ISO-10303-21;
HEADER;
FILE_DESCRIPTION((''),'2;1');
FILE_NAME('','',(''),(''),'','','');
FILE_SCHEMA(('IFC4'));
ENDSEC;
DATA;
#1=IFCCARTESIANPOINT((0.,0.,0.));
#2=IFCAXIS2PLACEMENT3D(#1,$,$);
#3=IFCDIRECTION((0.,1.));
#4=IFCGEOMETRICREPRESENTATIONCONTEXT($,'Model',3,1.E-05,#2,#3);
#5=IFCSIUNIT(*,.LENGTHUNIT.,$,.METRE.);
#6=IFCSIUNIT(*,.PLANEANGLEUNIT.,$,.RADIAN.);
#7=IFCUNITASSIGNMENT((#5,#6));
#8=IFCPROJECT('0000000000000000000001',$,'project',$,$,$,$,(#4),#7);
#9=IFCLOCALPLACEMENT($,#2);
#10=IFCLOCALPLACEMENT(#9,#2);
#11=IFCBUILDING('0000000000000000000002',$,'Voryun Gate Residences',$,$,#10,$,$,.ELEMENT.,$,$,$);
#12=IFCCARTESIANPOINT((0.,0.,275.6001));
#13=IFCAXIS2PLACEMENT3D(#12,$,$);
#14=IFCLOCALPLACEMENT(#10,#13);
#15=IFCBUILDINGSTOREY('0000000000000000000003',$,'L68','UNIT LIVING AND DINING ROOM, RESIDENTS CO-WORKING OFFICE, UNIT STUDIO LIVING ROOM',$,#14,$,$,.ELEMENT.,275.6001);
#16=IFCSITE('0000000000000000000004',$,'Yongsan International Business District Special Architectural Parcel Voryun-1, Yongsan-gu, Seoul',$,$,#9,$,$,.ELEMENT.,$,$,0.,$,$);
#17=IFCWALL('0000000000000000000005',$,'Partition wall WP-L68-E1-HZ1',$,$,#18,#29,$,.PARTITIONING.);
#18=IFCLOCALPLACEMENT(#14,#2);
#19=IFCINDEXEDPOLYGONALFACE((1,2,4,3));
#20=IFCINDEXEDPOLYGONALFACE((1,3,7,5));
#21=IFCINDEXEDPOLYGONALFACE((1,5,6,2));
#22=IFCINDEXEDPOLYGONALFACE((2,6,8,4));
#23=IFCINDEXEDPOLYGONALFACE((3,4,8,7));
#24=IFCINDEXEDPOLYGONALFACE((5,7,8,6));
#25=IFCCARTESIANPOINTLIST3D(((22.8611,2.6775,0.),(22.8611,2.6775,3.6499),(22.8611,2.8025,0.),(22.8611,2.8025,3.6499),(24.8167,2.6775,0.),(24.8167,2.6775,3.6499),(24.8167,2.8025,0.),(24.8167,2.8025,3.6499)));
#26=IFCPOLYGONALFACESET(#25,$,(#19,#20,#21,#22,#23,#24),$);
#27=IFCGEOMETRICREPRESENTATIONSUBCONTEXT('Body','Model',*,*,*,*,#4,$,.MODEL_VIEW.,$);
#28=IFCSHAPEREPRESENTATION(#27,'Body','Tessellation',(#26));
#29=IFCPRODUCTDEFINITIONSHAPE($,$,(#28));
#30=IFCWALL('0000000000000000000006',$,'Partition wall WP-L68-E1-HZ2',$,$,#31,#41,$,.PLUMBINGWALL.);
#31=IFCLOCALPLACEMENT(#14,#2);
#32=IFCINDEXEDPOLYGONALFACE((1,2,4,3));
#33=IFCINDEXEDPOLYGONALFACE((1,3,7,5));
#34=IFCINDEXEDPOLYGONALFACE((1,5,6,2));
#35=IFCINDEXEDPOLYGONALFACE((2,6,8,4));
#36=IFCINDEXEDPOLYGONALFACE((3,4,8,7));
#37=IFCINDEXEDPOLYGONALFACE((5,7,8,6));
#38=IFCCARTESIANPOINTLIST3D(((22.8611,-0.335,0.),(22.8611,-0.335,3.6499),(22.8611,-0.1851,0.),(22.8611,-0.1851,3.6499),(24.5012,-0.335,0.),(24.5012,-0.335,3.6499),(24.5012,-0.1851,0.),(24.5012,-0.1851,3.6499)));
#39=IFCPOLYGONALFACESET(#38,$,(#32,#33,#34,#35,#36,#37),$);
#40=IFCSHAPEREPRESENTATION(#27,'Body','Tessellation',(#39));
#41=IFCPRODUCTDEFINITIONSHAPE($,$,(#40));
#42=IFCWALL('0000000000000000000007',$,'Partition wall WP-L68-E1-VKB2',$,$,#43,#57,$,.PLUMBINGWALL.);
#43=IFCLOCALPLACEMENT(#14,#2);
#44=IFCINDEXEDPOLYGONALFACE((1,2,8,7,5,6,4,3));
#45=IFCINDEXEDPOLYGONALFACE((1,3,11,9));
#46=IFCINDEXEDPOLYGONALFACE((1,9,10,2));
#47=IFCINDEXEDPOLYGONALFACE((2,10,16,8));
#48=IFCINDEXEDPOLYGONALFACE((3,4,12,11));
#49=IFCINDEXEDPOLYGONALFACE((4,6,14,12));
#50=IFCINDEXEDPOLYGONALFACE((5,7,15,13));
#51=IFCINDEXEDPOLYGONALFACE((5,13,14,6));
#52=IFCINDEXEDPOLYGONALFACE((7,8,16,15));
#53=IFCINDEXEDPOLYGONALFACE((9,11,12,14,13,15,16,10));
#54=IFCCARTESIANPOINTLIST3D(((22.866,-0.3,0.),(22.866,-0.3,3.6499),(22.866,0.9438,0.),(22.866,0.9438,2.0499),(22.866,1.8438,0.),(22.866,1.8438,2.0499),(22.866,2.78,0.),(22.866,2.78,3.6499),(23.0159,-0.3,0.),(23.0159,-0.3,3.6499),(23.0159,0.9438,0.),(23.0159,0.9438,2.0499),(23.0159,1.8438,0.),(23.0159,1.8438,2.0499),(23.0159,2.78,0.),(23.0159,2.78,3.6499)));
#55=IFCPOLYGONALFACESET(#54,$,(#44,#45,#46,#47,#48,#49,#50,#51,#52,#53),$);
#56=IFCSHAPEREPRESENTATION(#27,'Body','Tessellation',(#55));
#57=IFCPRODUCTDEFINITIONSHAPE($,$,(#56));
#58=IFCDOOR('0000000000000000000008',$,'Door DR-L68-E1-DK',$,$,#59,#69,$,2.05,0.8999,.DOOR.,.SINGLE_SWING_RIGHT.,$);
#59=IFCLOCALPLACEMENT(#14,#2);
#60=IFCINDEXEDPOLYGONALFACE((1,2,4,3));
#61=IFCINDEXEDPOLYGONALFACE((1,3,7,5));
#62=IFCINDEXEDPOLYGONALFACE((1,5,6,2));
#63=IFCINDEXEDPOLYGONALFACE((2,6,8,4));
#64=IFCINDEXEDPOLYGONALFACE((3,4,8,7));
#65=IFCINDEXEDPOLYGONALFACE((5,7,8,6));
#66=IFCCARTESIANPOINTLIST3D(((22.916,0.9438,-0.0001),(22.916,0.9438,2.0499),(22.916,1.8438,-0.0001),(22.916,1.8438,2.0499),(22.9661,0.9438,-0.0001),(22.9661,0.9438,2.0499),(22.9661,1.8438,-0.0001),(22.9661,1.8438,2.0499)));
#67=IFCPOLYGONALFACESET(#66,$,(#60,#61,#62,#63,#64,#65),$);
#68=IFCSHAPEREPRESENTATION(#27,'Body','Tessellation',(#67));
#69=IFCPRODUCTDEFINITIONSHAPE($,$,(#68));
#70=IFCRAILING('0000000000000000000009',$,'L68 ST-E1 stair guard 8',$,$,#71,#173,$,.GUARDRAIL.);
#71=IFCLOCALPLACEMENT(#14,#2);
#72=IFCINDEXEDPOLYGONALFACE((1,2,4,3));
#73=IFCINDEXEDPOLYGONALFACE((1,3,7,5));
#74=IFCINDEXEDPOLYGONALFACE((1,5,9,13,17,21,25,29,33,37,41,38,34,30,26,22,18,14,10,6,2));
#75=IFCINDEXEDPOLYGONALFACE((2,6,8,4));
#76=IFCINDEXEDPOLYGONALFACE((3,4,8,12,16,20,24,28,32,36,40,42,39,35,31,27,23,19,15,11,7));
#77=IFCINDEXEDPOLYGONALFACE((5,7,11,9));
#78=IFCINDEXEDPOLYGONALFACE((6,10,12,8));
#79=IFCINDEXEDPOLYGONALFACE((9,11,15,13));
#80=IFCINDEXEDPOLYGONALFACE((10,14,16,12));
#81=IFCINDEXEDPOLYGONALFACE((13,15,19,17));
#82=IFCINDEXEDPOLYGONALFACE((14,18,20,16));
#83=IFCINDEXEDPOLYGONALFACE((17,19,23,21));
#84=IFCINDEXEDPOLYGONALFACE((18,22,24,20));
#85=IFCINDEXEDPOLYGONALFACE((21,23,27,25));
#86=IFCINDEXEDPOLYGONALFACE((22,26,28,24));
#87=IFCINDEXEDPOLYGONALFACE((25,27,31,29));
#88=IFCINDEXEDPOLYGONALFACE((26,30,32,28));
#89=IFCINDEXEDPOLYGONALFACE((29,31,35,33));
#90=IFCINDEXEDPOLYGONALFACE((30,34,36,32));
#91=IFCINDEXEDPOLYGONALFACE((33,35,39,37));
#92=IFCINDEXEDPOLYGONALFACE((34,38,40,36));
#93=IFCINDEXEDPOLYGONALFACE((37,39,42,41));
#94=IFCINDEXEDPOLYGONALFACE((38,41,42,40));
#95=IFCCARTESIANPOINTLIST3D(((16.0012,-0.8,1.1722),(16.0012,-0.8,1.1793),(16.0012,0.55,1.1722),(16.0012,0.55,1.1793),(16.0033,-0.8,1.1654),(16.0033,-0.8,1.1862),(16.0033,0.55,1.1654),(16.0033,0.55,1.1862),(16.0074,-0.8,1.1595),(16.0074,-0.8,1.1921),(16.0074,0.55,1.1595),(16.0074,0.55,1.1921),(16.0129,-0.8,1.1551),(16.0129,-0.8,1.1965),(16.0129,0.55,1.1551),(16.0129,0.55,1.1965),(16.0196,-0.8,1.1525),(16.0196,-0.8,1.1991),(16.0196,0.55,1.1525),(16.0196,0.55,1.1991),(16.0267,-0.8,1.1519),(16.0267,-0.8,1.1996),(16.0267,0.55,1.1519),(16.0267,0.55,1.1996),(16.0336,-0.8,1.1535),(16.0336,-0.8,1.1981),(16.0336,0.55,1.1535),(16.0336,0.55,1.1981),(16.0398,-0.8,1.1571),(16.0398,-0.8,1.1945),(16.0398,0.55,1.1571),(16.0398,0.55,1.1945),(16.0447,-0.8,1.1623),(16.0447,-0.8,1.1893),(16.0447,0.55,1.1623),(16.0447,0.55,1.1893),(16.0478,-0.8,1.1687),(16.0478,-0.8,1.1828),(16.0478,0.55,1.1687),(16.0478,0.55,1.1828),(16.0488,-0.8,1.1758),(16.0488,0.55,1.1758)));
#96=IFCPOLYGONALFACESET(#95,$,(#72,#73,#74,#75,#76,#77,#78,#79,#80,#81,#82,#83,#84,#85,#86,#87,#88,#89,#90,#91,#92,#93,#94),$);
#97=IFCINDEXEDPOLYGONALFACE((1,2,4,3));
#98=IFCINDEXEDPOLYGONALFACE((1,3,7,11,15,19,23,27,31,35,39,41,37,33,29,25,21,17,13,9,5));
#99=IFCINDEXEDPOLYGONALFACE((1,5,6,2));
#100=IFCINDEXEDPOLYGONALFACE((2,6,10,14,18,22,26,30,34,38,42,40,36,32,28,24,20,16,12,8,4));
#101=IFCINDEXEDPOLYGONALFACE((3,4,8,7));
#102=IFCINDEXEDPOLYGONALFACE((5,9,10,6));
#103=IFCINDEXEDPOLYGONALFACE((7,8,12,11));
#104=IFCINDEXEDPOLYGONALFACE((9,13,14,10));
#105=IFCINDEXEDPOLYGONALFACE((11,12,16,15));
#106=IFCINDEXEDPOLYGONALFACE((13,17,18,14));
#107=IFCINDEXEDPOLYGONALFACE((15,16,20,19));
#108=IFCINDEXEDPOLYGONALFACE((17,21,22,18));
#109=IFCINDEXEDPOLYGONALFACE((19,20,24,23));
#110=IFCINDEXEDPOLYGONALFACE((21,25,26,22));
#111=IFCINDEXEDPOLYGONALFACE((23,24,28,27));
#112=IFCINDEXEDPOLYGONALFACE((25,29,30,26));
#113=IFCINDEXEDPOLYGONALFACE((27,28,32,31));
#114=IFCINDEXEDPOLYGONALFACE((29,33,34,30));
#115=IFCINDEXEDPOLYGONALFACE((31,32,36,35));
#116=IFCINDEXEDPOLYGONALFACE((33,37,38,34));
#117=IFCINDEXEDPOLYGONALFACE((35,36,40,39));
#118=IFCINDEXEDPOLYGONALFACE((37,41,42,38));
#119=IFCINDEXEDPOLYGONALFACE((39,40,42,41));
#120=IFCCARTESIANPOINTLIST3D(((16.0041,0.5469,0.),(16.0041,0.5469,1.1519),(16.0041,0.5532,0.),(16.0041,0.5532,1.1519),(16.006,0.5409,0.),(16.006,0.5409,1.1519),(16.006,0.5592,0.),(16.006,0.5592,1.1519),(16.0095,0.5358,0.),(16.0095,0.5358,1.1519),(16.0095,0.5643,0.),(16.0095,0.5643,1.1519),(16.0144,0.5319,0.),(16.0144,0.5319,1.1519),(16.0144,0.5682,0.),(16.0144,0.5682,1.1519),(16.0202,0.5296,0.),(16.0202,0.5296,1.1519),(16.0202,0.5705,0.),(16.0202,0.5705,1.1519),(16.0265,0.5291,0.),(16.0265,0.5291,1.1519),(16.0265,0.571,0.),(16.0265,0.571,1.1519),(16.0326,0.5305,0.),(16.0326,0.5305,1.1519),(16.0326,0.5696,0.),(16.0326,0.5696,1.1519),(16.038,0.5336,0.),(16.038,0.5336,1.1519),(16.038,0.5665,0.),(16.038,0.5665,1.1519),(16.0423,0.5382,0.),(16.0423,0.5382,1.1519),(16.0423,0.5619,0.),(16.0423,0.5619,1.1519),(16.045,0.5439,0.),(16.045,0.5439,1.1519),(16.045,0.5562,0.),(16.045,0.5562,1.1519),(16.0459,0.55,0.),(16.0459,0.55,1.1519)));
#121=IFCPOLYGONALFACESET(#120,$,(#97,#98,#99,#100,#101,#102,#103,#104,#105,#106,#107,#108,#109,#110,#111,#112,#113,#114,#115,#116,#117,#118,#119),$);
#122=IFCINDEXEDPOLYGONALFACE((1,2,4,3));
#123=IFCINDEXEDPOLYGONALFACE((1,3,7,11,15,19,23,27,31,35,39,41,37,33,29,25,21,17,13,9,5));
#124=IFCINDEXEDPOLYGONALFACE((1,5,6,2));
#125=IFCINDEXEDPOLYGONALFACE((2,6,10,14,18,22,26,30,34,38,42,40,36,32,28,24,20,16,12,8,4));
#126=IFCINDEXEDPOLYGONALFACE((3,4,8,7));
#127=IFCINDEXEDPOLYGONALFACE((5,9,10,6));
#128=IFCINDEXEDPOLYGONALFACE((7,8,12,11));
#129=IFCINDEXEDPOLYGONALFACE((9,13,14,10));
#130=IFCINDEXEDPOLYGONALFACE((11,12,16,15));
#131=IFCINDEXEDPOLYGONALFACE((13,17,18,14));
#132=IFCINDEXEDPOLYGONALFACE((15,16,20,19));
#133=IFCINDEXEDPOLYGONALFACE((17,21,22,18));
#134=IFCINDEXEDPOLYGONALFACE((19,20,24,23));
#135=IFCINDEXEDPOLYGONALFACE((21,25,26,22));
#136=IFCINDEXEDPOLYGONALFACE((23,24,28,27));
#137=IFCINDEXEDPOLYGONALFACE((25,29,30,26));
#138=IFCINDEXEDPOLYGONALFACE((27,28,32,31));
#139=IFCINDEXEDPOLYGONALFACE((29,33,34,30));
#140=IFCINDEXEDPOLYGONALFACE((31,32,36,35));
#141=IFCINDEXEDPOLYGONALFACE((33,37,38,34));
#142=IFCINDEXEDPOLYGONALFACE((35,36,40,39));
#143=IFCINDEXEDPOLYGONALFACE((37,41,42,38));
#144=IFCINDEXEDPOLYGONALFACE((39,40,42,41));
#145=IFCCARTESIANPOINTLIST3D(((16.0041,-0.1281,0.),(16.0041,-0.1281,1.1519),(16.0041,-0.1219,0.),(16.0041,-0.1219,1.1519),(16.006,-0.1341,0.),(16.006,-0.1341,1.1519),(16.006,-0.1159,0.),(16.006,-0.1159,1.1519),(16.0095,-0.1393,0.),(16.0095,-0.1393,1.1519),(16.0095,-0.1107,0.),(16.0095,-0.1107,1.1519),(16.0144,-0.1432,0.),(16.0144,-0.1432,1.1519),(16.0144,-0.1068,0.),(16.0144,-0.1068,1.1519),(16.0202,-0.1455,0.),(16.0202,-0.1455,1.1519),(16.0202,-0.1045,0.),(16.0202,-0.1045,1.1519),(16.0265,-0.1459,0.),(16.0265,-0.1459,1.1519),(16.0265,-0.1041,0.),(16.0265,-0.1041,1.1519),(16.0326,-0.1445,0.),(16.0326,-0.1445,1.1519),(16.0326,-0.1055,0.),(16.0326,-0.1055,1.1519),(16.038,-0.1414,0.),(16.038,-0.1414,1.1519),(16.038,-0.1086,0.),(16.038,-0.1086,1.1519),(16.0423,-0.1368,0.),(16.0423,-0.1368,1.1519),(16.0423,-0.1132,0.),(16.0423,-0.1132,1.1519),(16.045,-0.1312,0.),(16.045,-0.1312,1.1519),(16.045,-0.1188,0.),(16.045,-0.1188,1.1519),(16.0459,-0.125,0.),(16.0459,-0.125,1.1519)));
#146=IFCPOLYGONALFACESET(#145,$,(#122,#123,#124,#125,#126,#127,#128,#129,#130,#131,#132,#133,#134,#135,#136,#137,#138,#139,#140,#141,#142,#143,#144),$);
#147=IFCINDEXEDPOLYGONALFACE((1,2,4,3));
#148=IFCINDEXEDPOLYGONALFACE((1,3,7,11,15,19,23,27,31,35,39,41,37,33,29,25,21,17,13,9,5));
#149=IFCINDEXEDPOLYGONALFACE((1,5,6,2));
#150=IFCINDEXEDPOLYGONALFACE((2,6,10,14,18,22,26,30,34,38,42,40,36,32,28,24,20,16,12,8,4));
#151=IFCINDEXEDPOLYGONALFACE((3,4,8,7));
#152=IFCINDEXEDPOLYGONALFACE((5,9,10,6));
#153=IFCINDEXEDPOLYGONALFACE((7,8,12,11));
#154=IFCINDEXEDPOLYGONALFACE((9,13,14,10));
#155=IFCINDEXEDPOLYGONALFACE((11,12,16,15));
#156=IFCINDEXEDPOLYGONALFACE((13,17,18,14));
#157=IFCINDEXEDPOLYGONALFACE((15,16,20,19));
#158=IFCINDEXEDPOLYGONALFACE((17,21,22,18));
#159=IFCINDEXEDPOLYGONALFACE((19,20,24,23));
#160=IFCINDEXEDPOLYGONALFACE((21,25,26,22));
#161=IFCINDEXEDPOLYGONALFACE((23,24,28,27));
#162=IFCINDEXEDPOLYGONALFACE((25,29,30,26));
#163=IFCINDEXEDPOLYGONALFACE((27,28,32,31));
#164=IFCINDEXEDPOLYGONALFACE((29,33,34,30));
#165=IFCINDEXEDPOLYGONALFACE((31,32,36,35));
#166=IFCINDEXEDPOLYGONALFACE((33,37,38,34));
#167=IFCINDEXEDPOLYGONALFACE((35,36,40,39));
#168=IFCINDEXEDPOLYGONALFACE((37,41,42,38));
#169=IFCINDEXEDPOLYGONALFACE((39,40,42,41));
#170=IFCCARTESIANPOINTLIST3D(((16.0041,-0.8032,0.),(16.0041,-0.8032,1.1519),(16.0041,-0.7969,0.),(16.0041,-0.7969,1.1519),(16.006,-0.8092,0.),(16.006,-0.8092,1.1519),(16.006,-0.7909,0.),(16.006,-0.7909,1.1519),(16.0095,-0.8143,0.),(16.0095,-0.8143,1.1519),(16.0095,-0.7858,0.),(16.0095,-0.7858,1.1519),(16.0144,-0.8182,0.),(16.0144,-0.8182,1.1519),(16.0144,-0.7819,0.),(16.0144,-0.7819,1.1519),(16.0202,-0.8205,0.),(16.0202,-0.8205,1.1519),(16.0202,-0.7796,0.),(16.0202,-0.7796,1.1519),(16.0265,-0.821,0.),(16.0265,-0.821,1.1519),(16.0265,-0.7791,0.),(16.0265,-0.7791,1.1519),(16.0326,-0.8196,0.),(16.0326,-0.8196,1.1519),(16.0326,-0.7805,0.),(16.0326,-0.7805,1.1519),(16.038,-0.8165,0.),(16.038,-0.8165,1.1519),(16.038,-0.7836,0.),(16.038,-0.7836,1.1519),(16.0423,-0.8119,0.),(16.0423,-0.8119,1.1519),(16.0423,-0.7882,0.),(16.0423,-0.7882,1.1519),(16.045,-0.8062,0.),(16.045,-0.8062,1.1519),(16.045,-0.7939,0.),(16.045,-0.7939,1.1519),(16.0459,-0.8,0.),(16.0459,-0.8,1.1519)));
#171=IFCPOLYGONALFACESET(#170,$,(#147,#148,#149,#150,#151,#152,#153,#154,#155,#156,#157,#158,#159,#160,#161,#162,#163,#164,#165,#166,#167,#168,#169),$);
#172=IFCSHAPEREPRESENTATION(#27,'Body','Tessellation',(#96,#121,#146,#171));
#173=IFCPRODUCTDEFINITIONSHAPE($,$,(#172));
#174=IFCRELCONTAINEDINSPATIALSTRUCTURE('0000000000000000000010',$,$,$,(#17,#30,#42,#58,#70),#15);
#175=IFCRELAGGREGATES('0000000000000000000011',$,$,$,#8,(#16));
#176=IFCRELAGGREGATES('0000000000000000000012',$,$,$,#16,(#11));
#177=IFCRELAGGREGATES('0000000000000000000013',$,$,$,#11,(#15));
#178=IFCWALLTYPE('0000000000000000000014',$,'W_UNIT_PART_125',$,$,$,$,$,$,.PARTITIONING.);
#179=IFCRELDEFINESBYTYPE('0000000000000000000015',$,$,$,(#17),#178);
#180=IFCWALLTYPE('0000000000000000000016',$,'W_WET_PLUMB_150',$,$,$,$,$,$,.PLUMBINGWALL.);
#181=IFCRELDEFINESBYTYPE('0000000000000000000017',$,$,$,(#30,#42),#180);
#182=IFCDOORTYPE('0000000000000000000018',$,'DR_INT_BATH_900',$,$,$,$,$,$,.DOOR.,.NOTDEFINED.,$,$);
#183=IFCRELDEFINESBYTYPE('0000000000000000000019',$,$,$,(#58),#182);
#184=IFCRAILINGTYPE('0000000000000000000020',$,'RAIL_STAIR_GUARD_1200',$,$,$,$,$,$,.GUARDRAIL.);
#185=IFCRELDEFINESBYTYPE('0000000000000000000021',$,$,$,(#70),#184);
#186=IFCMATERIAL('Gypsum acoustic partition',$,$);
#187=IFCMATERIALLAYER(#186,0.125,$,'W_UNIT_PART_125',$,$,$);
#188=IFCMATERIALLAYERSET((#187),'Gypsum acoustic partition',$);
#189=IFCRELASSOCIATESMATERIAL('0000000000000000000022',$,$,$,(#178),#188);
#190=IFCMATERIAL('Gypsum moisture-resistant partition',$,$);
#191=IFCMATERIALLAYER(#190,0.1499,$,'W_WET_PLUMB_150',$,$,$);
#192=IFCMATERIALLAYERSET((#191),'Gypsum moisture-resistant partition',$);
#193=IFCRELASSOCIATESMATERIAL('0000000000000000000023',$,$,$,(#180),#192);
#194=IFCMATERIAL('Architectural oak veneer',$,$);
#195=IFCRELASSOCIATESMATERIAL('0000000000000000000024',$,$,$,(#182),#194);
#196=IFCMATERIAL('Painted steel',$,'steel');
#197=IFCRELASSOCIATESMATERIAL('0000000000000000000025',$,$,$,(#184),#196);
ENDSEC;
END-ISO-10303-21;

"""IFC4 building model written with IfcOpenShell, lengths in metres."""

from ifc_helpers import new_model, si_unit, direction, frame, frame_2d, origin, origin_2d, place, context, subcontext, project, spatial, rectangle, circle, extrude, material, layer, layer_set, type_object, element, fill, save


model = new_model("IFC4")

# Units and contexts
model_context = context("Model", 3, precision=1e-05, world=origin(), true_north=direction((0.0, 1.0)))
body_context = subcontext(model_context, "Body", "Model", "MODEL_VIEW")
ifc_project = project(units=[si_unit("LENGTHUNIT", "METRE"), si_unit("PLANEANGLEUNIT", "RADIAN")], contexts=[model_context])

# Site, building, storey
site_placement = place(None, origin())
site = spatial("IfcSite", under=ifc_project, at=site_placement, Name="Yongsan International Business District Special Architectural Parcel Voryun-1, Yongsan-gu, Seoul", CompositionType="ELEMENT", RefElevation=0.0)
building_placement = place(site_placement, origin())
building = spatial("IfcBuilding", under=site, at=building_placement, Name="Voryun Gate Residences", CompositionType="ELEMENT")
storey_placement = place(building_placement, frame((0.0, 0.0, 275.6001)))
storey = spatial("IfcBuildingStorey", under=building, at=storey_placement, Name="L68", Description="UNIT LIVING AND DINING ROOM, RESIDENTS CO-WORKING OFFICE, UNIT STUDIO LIVING ROOM", CompositionType="ELEMENT", Elevation=275.6001)

# Walls
ifc_material_1 = material(Name="Gypsum acoustic partition")
ifc_layer_1 = layer(ifc_material_1, 0.125, Name="W_UNIT_PART_125")
ifc_layer_set_1 = layer_set([ifc_layer_1], Name="Gypsum acoustic partition")
wall_type_1 = type_object("IfcWallType", Name="W_UNIT_PART_125", PredefinedType="PARTITIONING", material=ifc_layer_set_1)
wall_1_placement = place(storey_placement, frame((22.8611, 2.74, 0.0), z_axis=(0.0, 0.0, 1.0), x_axis=(1.0, 0.0, 0.0)))
element("IfcWall", 1, at=wall_1_placement, inside=storey, type_object=wall_type_1, Name="Partition wall WP-L68-E1-HZ1", PredefinedType="PARTITIONING", context=body_context, shape_type="SweptSolid", body=[
    extrude(rectangle(XDim=1.9556, YDim=0.125, at=frame_2d((0.9778, 0.0))), origin(), (0.0, 0.0, 1.0), 3.6499),
])
ifc_material_2 = material(Name="Gypsum moisture-resistant partition")
ifc_layer_2 = layer(ifc_material_2, 0.1499, Name="W_WET_PLUMB_150")
ifc_layer_set_2 = layer_set([ifc_layer_2], Name="Gypsum moisture-resistant partition")
wall_type_2 = type_object("IfcWallType", Name="W_WET_PLUMB_150", PredefinedType="PLUMBINGWALL", material=ifc_layer_set_2)
wall_2_placement = place(storey_placement, frame((22.8611, -0.26, 0.0), z_axis=(0.0, 0.0, 1.0), x_axis=(1.0, 0.0, 0.0)))
element("IfcWall", 2, at=wall_2_placement, inside=storey, type_object=wall_type_2, Name="Partition wall WP-L68-E1-HZ2", PredefinedType="PLUMBINGWALL", context=body_context, shape_type="SweptSolid", body=[
    extrude(rectangle(XDim=1.6401, YDim=0.1499, at=frame_2d((0.8201, 0.0))), origin(), (0.0, 0.0, 1.0), 3.6499),
])

# Wall, opening, door
wall_3_placement = place(storey_placement, frame((22.9409, -0.3, 0.0), z_axis=(0.0, 0.0, 1.0), x_axis=(0.0, 1.0, 0.0)))
wall_3 = element("IfcWall", 3, at=wall_3_placement, inside=storey, type_object=wall_type_2, Name="Partition wall WP-L68-E1-VKB2", PredefinedType="PLUMBINGWALL", context=body_context, shape_type="SweptSolid", body=[
    extrude(rectangle(XDim=3.0801, YDim=0.1499, at=frame_2d((1.54, 0.0))), origin(), (0.0, 0.0, 1.0), 3.6499),
])
opening_1_placement = place(wall_3_placement, frame((1.2439, 0.0, 0.0)))
opening_1 = element("IfcOpeningElement", 4, at=opening_1_placement, cuts=wall_3, PredefinedType="OPENING", context=body_context, shape_type="SweptSolid", body=[
    extrude(rectangle(XDim=0.8999, YDim=2.05, at=frame_2d((0.45, 1.0249))), frame((0.0, 0.085, 0.0), z_axis=(0.0, -1.0, 0.0), x_axis=(1.0, 0.0, 0.0)), (0.0, 0.0, 1.0), 0.1699),
])
ifc_material_3 = material(Name="Architectural oak veneer")
door_type_1 = type_object("IfcDoorType", Name="DR_INT_BATH_900", OperationType="NOTDEFINED", PredefinedType="DOOR", material=ifc_material_3)
door_1_placement = place(opening_1_placement, origin())
door_1 = element("IfcDoor", 5, at=door_1_placement, inside=storey, type_object=door_type_1, Name="Door DR-L68-E1-DK", OperationType="SINGLE_SWING_RIGHT", OverallHeight=2.05, OverallWidth=0.8999, PredefinedType="DOOR", context=body_context, shape_type="SweptSolid", body=[
    extrude(rectangle(XDim=0.8999, YDim=2.05, at=frame_2d((0.45, 1.0249))), frame((0.0, 0.0249, 0.0), z_axis=(0.0, -1.0, 0.0), x_axis=(1.0, 0.0, 0.0)), (0.0, 0.0, 1.0), 0.05),
])
fill(opening_1, door_1)

# Railing
ifc_material_4 = material(Name="Painted steel", Category="steel")
railing_type = type_object("IfcRailingType", Name="RAIL_STAIR_GUARD_1200", PredefinedType="GUARDRAIL", material=ifc_material_4)
for number, where, name in (
    (6, (16.0249, 0.55, 0.0), "L68 ST-E1 stair guard 8"),
):
    element("IfcRailing", number, at=place(storey_placement, frame(where)), inside=storey, type_object=railing_type, Name=name, PredefinedType="GUARDRAIL", context=body_context, shape_type="SweptSolid", body=[
        extrude(circle(Radius=0.0239, at=origin_2d()), frame((0.0, 0.0, 1.1758), z_axis=(0.0, -1.0, 0.0), x_axis=(1.0, 0.0, 0.0)), (0.0, 0.0, 1.0), 1.3501),
        extrude(circle(Radius=0.021, at=origin_2d()), origin(), (0.0, 0.0, 1.0), 1.1519),
        extrude(circle(Radius=0.021, at=origin_2d()), frame((0.0, -0.675, 0.0)), (0.0, 0.0, 1.0), 1.1519),
        extrude(circle(Radius=0.021, at=origin_2d()), frame((0.0, -1.3501, 0.0)), (0.0, 0.0, 1.0), 1.1519),
    ])

save(model, "model.ifc")
